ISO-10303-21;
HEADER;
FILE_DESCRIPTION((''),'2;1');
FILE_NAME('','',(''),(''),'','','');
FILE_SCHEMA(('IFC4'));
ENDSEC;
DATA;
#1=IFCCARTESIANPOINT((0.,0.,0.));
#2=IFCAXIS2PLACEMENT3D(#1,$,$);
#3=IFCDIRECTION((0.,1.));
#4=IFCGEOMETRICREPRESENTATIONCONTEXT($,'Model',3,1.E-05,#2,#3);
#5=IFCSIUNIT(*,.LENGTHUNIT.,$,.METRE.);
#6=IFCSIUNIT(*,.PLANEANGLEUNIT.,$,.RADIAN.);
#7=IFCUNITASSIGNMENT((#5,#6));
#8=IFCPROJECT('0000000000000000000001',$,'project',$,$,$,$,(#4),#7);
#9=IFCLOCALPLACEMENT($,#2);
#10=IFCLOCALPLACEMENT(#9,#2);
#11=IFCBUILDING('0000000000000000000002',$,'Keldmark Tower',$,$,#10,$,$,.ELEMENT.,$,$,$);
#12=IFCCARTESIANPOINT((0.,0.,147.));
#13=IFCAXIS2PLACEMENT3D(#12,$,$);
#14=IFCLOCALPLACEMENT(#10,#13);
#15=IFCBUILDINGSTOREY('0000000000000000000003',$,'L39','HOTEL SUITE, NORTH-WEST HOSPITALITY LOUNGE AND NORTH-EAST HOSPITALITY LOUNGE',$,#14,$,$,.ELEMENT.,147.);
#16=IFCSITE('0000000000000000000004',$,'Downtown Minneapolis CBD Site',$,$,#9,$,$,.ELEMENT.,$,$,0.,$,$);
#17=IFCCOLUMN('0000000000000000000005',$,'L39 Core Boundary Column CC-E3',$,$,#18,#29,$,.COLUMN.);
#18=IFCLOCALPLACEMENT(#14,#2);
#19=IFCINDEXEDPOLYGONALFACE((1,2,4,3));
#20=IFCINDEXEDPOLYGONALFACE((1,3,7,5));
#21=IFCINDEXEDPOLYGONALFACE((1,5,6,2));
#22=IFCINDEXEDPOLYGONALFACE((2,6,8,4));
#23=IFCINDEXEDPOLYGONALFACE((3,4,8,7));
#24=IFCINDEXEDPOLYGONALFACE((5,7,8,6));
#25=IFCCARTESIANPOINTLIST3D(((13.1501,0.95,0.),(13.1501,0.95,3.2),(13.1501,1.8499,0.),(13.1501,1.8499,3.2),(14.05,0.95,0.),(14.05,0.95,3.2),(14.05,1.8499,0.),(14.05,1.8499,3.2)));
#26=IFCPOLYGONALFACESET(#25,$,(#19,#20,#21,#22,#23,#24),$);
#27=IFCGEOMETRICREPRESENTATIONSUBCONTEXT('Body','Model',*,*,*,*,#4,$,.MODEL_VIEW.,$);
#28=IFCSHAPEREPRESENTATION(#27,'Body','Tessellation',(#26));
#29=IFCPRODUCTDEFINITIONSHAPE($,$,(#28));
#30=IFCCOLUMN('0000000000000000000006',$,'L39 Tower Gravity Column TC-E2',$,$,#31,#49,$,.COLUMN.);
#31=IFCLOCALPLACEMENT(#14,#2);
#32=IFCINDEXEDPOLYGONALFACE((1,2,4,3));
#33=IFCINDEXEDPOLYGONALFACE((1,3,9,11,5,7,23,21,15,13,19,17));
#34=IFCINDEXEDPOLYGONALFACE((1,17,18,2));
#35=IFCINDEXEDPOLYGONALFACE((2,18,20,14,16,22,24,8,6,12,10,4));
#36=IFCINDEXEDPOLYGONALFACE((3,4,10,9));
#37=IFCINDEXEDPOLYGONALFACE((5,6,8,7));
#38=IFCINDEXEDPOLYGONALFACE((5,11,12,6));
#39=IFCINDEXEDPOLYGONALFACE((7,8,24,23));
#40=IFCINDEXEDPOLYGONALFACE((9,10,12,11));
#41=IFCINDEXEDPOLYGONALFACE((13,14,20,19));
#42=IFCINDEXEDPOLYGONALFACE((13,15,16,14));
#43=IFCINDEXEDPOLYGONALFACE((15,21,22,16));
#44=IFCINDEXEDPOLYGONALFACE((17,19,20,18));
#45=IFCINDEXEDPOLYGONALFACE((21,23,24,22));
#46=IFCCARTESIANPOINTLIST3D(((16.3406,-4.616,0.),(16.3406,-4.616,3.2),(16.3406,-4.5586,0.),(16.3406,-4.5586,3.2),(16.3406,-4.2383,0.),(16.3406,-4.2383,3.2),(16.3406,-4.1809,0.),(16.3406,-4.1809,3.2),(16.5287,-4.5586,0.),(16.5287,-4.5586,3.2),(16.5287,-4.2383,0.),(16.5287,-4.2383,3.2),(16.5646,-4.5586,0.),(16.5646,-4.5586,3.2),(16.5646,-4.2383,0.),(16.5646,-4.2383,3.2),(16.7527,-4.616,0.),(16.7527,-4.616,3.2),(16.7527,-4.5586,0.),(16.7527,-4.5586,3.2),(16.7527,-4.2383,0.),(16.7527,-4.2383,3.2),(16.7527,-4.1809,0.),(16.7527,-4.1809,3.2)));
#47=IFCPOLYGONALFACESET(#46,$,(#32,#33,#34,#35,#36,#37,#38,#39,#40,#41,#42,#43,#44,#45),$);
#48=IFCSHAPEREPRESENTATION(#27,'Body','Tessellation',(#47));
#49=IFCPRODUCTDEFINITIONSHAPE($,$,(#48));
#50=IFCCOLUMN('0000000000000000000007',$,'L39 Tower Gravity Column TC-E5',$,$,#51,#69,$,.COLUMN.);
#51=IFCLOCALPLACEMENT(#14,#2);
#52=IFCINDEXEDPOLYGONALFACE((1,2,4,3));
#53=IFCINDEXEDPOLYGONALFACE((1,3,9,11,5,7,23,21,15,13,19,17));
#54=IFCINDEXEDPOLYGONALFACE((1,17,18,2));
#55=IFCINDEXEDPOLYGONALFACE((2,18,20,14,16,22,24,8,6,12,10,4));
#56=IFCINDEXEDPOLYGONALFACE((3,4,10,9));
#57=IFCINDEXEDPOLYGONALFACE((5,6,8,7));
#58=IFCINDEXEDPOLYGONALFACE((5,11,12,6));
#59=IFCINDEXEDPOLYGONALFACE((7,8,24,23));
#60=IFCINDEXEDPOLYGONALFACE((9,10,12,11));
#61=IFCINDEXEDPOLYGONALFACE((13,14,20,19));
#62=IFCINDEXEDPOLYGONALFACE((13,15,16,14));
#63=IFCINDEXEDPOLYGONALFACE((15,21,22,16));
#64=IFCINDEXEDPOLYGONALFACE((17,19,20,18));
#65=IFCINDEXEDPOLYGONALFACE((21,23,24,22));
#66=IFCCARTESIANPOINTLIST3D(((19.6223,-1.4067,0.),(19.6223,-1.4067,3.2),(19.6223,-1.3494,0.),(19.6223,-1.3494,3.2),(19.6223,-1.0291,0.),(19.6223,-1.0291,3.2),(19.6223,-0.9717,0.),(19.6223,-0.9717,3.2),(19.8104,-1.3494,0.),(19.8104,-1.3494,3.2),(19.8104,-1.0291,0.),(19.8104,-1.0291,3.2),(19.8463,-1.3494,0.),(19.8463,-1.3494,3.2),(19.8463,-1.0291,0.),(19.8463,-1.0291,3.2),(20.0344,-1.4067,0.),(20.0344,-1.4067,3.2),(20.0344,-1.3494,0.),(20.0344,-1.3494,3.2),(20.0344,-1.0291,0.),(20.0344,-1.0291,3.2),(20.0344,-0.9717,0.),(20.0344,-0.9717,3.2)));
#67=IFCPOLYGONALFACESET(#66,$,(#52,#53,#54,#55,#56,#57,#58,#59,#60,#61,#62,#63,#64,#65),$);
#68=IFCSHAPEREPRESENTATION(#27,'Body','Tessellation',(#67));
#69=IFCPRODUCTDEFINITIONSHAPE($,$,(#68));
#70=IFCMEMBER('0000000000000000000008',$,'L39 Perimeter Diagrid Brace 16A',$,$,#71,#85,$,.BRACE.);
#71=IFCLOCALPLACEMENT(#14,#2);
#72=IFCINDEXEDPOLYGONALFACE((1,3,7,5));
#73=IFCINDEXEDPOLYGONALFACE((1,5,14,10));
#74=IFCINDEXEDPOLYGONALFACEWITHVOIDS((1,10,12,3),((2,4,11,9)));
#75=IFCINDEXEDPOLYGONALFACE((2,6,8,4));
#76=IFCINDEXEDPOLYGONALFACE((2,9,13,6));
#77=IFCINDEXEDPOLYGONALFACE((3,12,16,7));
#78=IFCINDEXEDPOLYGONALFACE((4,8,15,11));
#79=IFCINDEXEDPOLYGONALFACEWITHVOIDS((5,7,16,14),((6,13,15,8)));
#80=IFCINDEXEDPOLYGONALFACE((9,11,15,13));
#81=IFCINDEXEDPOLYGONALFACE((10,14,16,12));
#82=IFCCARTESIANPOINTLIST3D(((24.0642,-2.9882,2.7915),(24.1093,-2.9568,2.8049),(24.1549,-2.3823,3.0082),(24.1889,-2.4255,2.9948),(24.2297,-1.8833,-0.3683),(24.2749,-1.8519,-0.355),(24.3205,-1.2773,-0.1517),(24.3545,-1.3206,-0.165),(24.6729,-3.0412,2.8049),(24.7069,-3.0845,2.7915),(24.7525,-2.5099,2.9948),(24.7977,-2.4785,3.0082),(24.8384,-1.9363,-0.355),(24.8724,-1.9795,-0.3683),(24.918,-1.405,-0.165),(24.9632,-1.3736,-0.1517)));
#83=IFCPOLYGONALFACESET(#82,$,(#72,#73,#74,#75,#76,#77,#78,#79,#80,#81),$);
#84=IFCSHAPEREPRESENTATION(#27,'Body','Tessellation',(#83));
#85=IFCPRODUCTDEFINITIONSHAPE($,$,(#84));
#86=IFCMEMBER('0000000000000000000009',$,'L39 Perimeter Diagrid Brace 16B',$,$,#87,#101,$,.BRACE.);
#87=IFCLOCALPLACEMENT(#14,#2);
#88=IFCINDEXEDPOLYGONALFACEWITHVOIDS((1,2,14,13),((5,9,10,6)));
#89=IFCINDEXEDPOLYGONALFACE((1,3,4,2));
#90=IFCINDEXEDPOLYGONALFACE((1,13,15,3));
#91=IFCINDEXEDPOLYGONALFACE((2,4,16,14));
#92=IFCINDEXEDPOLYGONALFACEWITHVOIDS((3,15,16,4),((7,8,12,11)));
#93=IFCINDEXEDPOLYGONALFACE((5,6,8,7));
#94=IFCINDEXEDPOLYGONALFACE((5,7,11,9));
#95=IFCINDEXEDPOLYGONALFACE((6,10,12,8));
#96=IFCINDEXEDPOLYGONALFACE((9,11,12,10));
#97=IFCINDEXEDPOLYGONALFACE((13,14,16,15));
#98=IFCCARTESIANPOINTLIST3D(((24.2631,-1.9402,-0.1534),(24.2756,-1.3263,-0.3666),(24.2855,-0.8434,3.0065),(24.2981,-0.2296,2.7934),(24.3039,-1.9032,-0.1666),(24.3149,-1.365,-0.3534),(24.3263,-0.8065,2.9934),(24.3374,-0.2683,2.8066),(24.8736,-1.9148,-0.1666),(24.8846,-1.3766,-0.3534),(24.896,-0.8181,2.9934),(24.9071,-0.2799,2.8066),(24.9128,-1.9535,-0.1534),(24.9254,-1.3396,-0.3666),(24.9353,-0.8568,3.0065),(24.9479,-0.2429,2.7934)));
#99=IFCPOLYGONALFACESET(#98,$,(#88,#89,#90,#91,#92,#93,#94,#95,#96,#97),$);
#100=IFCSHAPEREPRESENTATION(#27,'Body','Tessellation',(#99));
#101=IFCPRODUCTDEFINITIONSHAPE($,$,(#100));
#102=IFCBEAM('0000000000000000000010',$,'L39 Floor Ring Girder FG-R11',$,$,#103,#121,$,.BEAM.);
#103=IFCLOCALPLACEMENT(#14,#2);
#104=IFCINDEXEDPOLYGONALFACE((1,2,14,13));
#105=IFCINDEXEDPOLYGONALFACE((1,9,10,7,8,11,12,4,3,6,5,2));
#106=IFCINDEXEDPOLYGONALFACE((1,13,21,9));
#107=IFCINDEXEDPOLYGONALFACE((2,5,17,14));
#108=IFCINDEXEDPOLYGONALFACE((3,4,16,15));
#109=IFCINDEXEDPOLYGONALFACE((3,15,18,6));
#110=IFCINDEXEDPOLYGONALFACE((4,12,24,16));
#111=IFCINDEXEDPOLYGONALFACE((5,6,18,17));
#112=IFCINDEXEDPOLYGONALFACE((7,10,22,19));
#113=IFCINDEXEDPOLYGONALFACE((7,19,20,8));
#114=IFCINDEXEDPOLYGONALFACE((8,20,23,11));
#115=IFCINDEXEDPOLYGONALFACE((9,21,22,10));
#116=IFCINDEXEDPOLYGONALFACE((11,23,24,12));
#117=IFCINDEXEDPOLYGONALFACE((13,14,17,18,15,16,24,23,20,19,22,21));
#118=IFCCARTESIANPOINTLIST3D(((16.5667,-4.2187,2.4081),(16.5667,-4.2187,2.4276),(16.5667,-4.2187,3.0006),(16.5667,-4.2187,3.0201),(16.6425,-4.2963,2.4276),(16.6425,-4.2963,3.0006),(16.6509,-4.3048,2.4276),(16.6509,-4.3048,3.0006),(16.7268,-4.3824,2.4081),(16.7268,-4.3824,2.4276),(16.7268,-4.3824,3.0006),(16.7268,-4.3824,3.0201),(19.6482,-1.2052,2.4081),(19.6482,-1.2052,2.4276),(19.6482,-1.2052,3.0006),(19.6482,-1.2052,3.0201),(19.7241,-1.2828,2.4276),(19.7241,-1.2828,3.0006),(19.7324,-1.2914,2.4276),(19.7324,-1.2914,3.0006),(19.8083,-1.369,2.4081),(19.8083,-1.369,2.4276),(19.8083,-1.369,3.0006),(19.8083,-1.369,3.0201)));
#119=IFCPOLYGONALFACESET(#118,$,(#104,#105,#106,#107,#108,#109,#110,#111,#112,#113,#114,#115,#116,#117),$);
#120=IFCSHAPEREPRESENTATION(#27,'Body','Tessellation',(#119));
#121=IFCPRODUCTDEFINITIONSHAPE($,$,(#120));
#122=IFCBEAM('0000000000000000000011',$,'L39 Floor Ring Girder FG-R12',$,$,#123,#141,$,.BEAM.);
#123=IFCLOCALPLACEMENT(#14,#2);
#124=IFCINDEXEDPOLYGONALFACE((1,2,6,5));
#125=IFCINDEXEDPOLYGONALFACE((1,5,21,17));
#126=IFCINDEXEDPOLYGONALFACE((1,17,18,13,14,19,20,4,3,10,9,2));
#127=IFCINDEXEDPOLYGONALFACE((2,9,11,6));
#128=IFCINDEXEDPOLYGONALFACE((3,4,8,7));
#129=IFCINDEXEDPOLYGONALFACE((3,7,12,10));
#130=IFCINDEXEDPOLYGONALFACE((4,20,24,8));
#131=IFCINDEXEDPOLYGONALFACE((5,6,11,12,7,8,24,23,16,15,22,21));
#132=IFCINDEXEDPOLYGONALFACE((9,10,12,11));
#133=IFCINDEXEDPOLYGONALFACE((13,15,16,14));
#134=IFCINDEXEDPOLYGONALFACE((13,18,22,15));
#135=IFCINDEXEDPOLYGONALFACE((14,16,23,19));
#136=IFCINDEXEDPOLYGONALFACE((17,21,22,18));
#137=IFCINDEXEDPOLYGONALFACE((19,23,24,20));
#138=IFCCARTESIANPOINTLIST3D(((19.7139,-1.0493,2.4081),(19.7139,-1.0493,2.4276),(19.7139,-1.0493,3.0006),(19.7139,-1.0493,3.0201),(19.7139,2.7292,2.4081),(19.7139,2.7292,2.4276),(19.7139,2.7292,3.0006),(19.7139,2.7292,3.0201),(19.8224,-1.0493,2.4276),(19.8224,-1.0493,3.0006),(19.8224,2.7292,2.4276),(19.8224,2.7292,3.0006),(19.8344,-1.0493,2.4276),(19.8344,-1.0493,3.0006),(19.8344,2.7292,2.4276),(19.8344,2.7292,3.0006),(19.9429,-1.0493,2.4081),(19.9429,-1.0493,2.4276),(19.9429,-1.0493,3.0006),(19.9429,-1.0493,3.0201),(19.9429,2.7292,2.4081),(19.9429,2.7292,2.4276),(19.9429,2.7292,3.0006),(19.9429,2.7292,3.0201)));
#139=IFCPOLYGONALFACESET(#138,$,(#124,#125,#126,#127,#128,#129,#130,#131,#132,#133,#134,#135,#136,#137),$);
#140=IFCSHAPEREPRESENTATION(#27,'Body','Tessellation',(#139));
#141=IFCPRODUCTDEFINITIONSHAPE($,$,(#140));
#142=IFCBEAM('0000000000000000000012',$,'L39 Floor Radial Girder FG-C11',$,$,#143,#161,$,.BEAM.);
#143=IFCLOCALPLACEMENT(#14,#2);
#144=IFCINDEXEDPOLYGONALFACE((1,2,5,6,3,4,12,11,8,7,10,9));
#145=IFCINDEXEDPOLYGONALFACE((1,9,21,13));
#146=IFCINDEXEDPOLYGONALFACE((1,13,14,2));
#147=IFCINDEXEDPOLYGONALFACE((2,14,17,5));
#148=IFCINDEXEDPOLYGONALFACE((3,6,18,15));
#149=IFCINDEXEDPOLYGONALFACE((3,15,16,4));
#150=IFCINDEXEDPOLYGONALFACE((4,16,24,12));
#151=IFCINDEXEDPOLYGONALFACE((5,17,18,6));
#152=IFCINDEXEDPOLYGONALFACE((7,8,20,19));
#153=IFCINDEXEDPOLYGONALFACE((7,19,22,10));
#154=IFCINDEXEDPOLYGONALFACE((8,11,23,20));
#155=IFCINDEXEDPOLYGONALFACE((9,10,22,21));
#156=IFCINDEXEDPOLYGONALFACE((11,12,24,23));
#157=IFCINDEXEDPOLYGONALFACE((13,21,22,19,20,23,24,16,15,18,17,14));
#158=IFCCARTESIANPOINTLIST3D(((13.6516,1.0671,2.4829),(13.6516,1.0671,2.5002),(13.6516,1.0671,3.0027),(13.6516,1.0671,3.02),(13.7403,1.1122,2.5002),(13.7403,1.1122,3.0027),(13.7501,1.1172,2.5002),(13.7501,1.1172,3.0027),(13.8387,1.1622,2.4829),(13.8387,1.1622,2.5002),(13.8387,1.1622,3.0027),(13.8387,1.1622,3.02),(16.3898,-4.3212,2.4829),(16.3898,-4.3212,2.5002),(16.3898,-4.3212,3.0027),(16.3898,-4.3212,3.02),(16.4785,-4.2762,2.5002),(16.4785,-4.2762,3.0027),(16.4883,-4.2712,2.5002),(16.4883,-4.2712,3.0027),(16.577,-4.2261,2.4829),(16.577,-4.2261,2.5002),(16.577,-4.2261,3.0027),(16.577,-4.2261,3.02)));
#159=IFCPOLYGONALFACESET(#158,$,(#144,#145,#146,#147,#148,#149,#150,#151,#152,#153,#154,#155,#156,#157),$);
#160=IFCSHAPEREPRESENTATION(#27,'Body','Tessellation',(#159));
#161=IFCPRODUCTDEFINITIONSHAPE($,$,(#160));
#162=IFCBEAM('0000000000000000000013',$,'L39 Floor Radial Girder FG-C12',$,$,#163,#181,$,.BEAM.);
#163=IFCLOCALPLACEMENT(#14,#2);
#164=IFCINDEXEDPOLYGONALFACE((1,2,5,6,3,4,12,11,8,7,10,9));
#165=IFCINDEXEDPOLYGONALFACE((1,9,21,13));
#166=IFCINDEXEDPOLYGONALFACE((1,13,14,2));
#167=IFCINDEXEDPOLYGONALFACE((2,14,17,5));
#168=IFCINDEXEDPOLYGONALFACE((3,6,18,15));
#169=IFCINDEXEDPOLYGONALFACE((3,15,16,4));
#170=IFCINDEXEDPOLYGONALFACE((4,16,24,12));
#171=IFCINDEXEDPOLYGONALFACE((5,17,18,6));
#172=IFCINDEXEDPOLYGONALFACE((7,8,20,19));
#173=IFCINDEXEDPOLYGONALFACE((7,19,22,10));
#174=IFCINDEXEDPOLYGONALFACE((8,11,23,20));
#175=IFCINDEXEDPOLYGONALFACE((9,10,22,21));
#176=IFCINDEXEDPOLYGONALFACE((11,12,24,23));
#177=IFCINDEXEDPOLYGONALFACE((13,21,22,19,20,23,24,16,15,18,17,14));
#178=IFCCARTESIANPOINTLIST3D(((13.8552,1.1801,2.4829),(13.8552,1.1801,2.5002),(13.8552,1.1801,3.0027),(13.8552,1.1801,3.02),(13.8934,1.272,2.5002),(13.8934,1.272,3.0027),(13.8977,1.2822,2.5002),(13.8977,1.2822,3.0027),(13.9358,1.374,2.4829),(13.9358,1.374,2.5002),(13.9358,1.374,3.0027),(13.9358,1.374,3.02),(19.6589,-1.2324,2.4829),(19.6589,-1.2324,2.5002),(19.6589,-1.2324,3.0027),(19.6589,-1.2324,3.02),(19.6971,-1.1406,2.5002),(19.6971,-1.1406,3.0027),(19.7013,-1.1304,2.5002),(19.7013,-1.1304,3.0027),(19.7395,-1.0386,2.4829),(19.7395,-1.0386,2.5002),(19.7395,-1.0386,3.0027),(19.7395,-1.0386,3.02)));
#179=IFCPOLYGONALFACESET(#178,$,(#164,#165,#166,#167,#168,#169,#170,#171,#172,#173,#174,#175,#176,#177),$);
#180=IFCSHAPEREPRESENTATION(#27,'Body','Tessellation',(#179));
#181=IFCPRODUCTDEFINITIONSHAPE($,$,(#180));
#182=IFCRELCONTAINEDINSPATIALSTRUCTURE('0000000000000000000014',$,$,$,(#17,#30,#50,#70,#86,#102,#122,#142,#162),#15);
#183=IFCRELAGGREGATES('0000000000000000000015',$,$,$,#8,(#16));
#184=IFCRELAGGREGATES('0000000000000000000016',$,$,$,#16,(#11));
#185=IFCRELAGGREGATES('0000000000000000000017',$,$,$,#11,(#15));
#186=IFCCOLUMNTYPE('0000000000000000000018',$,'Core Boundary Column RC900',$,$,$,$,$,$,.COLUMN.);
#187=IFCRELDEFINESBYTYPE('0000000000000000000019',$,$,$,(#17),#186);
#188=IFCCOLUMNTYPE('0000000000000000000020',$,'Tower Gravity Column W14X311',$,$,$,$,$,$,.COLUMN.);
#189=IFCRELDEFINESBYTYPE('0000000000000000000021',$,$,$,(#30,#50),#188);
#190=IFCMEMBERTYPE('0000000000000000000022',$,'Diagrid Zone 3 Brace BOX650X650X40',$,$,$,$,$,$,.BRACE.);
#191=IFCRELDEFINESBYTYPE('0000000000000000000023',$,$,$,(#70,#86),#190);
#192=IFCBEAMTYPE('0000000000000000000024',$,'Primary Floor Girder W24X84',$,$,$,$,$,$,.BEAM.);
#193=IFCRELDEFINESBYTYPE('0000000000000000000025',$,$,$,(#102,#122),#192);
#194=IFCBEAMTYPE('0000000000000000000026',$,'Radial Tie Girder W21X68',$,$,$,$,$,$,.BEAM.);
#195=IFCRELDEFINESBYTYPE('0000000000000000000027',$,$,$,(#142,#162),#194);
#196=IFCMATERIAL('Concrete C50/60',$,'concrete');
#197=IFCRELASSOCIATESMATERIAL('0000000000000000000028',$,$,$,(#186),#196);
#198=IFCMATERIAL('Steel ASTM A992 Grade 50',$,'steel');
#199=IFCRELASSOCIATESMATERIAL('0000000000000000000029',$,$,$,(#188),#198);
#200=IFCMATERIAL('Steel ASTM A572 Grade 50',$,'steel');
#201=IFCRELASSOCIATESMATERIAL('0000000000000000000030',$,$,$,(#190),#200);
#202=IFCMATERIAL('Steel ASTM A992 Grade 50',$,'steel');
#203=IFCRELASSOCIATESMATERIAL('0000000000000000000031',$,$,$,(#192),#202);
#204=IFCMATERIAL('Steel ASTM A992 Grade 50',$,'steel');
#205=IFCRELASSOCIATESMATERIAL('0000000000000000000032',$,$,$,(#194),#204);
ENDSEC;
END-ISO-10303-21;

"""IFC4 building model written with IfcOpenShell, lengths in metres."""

from ifc_helpers import new_model, si_unit, direction, frame, origin, origin_2d, place, context, subcontext, project, spatial, rectangle, hollow_rectangle, i_section, extrude, material, material_profile, profile_set, type_object, element, save


model = new_model("IFC4")

# Units and contexts
model_context = context("Model", 3, precision=1e-05, world=origin(), true_north=direction((0.0, 1.0)))
body_context = subcontext(model_context, "Body", "Model", "MODEL_VIEW")
ifc_project = project(units=[si_unit("LENGTHUNIT", "METRE"), si_unit("PLANEANGLEUNIT", "RADIAN")], contexts=[model_context])

# Site, building, storey
site_placement = place(None, origin())
site = spatial("IfcSite", under=ifc_project, at=site_placement, Name="Downtown Minneapolis CBD Site", CompositionType="ELEMENT", RefElevation=0.0)
building_placement = place(site_placement, origin())
building = spatial("IfcBuilding", under=site, at=building_placement, Name="Keldmark Tower", CompositionType="ELEMENT")
storey_placement = place(building_placement, frame((0.0, 0.0, 147.0)))
storey = spatial("IfcBuildingStorey", under=building, at=storey_placement, Name="L39", Description="HOTEL SUITE, NORTH-WEST HOSPITALITY LOUNGE AND NORTH-EAST HOSPITALITY LOUNGE", CompositionType="ELEMENT", Elevation=147.0)

# Columns
ifc_material_1 = material(Name="Concrete C50/60", Category="concrete")
ifc_material_profile_1 = material_profile(ifc_material_1, rectangle(XDim=0.8999, YDim=0.8999, at=origin_2d()), Name="RC900X900")
ifc_profile_set_1 = profile_set([ifc_material_profile_1], Name="Concrete C50/60")
column_type_1 = type_object("IfcColumnType", Name="Core Boundary Column RC900", PredefinedType="COLUMN", material=ifc_profile_set_1)
column_placement = place(storey_placement, frame((13.6001, 1.3999, 0.0), z_axis=(0.0, 0.0, 1.0), x_axis=(1.0, 0.0, 0.0)))
element("IfcColumn", 1, at=column_placement, inside=storey, type_object=column_type_1, Name="L39 Core Boundary Column CC-E3", PredefinedType="COLUMN", context=body_context, shape_type="SweptSolid", body=[
    extrude(rectangle(XDim=0.8999, YDim=0.8999, at=origin_2d()), origin(), (0.0, 0.0, 1.0), 3.2),
])
ifc_material_2 = material(Name="Steel ASTM A992 Grade 50", Category="steel")
ifc_material_profile_2 = material_profile(ifc_material_2, i_section(OverallWidth=0.4121, OverallDepth=0.4351, WebThickness=0.0359, FlangeThickness=0.0574, at=origin_2d()), Name="W14X311")
ifc_profile_set_2 = profile_set([ifc_material_profile_2], Name="Steel ASTM A992 Grade 50")
column_type_2 = type_object("IfcColumnType", Name="Tower Gravity Column W14X311", PredefinedType="COLUMN", material=ifc_profile_set_2)
for number, where, z_axis, x_axis, name in (
    (2, (16.5466, -4.3984, 0.0), (0.0, 0.0, 1.0), (1.0, 0.0, 0.0), "L39 Tower Gravity Column TC-E2"),
    (3, (19.8284, -1.1892, 0.0), (0.0, 0.0, 1.0), (1.0, 0.0, 0.0), "L39 Tower Gravity Column TC-E5"),
):
    element("IfcColumn", number, at=place(storey_placement, frame(where, z_axis=z_axis, x_axis=x_axis)), inside=storey, type_object=column_type_2, Name=name, PredefinedType="COLUMN", context=body_context, shape_type="SweptSolid", body=[
        extrude(i_section(OverallWidth=0.4121, OverallDepth=0.4351, WebThickness=0.0359, FlangeThickness=0.0574, at=origin_2d()), origin(), (0.0, 0.0, 1.0), 3.2),
    ])

# Members
ifc_material_3 = material(Name="Steel ASTM A572 Grade 50", Category="steel")
ifc_material_profile_3 = material_profile(ifc_material_3, hollow_rectangle(XDim=0.6499, YDim=0.6499, WallThickness=0.04, at=origin_2d()), Name="BOX650X650X40")
ifc_profile_set_3 = profile_set([ifc_material_profile_3], Name="Steel ASTM A572 Grade 50")
member_type = type_object("IfcMemberType", Name="Diagrid Zone 3 Brace BOX650X650X40", PredefinedType="BRACE", material=ifc_profile_set_3)
member_1_placement = place(storey_placement, frame((24.5964, -1.6284, -0.26), z_axis=(-0.049387, -0.329684, 0.942799), x_axis=(0.988965, -0.148148, 0.0)))
element("IfcMember", 4, at=member_1_placement, inside=storey, type_object=member_type, Name="L39 Perimeter Diagrid Brace 16A", PredefinedType="BRACE", context=body_context, shape_type="SweptSolid", body=[
    extrude(hollow_rectangle(XDim=0.6499, YDim=0.6499, WallThickness=0.04, at=origin_2d()), origin(), (0.0, 0.0, 1.0), 3.3516),
])
member_2_placement = place(storey_placement, frame((24.5942, -1.6399, -0.26), z_axis=(0.006715, 0.327868, 0.9447), x_axis=(-0.99979, 0.020477, 0.0)))
element("IfcMember", 5, at=member_2_placement, inside=storey, type_object=member_type, Name="L39 Perimeter Diagrid Brace 16B", PredefinedType="BRACE", context=body_context, shape_type="SweptSolid", body=[
    extrude(hollow_rectangle(XDim=0.6499, YDim=0.6499, WallThickness=0.04, at=origin_2d()), origin(), (0.0, 0.0, 1.0), 3.345),
])

# Beams
ifc_material_4 = material(Name="Steel ASTM A992 Grade 50", Category="steel")
ifc_material_profile_4 = material_profile(ifc_material_4, i_section(OverallWidth=0.229, OverallDepth=0.6121, WebThickness=0.012, FlangeThickness=0.0195, at=origin_2d()), Name="W24X84")
ifc_profile_set_4 = profile_set([ifc_material_profile_4], Name="Steel ASTM A992 Grade 50")
beam_type_1 = type_object("IfcBeamType", Name="Primary Floor Girder W24X84", PredefinedType="BEAM", material=ifc_profile_set_4)
beam_1_placement = place(storey_placement, frame((16.6467, -4.3005, 2.7141), z_axis=(0.714965, 0.699161, 0.0), x_axis=(-0.699161, 0.714965, 0.0)))
element("IfcBeam", 6, at=beam_1_placement, inside=storey, type_object=beam_type_1, Name="L39 Floor Ring Girder FG-R11", PredefinedType="BEAM", context=body_context, shape_type="SweptSolid", body=[
    extrude(i_section(OverallWidth=0.229, OverallDepth=0.6121, WebThickness=0.012, FlangeThickness=0.0195, at=origin_2d()), origin(), (0.0, 0.0, 1.0), 4.3101),
])
beam_2_placement = place(storey_placement, frame((19.8284, -1.0493, 2.7141), z_axis=(0.0, 1.0, 0.0), x_axis=(-1.0, 0.0, 0.0)))
element("IfcBeam", 7, at=beam_2_placement, inside=storey, type_object=beam_type_1, Name="L39 Floor Ring Girder FG-R12", PredefinedType="BEAM", context=body_context, shape_type="SweptSolid", body=[
    extrude(i_section(OverallWidth=0.229, OverallDepth=0.6121, WebThickness=0.012, FlangeThickness=0.0195, at=origin_2d()), origin(), (0.0, 0.0, 1.0), 3.7786),
])
ifc_material_5 = material(Name="Steel ASTM A992 Grade 50", Category="steel")
ifc_material_profile_5 = material_profile(ifc_material_5, i_section(OverallWidth=0.21, OverallDepth=0.5371, WebThickness=0.011, FlangeThickness=0.0173, at=origin_2d()), Name="W21X68")
ifc_profile_set_5 = profile_set([ifc_material_profile_5], Name="Steel ASTM A992 Grade 50")
beam_type_2 = type_object("IfcBeamType", Name="Radial Tie Girder W21X68", PredefinedType="BEAM", material=ifc_profile_set_5)
beam_3_placement = place(storey_placement, frame((16.4834, -4.2737, 2.7515), z_axis=(-0.453037, 0.891492, 0.0), x_axis=(-0.891492, -0.453037, 0.0)))
element("IfcBeam", 8, at=beam_3_placement, inside=storey, type_object=beam_type_2, Name="L39 Floor Radial Girder FG-C11", PredefinedType="BEAM", context=body_context, shape_type="SweptSolid", body=[
    extrude(i_section(OverallWidth=0.21, OverallDepth=0.5371, WebThickness=0.011, FlangeThickness=0.0173, at=origin_2d()), origin(), (0.0, 0.0, 1.0), 6.0442),
])
beam_4_placement = place(storey_placement, frame((19.6992, -1.1355, 2.7515), z_axis=(-0.923394, 0.383854, 0.0), x_axis=(-0.383854, -0.923394, 0.0)))
element("IfcBeam", 9, at=beam_4_placement, inside=storey, type_object=beam_type_2, Name="L39 Floor Radial Girder FG-C12", PredefinedType="BEAM", context=body_context, shape_type="SweptSolid", body=[
    extrude(i_section(OverallWidth=0.21, OverallDepth=0.5371, WebThickness=0.011, FlangeThickness=0.0173, at=origin_2d()), origin(), (0.0, 0.0, 1.0), 6.2852),
])

save(model, "model.ifc")
